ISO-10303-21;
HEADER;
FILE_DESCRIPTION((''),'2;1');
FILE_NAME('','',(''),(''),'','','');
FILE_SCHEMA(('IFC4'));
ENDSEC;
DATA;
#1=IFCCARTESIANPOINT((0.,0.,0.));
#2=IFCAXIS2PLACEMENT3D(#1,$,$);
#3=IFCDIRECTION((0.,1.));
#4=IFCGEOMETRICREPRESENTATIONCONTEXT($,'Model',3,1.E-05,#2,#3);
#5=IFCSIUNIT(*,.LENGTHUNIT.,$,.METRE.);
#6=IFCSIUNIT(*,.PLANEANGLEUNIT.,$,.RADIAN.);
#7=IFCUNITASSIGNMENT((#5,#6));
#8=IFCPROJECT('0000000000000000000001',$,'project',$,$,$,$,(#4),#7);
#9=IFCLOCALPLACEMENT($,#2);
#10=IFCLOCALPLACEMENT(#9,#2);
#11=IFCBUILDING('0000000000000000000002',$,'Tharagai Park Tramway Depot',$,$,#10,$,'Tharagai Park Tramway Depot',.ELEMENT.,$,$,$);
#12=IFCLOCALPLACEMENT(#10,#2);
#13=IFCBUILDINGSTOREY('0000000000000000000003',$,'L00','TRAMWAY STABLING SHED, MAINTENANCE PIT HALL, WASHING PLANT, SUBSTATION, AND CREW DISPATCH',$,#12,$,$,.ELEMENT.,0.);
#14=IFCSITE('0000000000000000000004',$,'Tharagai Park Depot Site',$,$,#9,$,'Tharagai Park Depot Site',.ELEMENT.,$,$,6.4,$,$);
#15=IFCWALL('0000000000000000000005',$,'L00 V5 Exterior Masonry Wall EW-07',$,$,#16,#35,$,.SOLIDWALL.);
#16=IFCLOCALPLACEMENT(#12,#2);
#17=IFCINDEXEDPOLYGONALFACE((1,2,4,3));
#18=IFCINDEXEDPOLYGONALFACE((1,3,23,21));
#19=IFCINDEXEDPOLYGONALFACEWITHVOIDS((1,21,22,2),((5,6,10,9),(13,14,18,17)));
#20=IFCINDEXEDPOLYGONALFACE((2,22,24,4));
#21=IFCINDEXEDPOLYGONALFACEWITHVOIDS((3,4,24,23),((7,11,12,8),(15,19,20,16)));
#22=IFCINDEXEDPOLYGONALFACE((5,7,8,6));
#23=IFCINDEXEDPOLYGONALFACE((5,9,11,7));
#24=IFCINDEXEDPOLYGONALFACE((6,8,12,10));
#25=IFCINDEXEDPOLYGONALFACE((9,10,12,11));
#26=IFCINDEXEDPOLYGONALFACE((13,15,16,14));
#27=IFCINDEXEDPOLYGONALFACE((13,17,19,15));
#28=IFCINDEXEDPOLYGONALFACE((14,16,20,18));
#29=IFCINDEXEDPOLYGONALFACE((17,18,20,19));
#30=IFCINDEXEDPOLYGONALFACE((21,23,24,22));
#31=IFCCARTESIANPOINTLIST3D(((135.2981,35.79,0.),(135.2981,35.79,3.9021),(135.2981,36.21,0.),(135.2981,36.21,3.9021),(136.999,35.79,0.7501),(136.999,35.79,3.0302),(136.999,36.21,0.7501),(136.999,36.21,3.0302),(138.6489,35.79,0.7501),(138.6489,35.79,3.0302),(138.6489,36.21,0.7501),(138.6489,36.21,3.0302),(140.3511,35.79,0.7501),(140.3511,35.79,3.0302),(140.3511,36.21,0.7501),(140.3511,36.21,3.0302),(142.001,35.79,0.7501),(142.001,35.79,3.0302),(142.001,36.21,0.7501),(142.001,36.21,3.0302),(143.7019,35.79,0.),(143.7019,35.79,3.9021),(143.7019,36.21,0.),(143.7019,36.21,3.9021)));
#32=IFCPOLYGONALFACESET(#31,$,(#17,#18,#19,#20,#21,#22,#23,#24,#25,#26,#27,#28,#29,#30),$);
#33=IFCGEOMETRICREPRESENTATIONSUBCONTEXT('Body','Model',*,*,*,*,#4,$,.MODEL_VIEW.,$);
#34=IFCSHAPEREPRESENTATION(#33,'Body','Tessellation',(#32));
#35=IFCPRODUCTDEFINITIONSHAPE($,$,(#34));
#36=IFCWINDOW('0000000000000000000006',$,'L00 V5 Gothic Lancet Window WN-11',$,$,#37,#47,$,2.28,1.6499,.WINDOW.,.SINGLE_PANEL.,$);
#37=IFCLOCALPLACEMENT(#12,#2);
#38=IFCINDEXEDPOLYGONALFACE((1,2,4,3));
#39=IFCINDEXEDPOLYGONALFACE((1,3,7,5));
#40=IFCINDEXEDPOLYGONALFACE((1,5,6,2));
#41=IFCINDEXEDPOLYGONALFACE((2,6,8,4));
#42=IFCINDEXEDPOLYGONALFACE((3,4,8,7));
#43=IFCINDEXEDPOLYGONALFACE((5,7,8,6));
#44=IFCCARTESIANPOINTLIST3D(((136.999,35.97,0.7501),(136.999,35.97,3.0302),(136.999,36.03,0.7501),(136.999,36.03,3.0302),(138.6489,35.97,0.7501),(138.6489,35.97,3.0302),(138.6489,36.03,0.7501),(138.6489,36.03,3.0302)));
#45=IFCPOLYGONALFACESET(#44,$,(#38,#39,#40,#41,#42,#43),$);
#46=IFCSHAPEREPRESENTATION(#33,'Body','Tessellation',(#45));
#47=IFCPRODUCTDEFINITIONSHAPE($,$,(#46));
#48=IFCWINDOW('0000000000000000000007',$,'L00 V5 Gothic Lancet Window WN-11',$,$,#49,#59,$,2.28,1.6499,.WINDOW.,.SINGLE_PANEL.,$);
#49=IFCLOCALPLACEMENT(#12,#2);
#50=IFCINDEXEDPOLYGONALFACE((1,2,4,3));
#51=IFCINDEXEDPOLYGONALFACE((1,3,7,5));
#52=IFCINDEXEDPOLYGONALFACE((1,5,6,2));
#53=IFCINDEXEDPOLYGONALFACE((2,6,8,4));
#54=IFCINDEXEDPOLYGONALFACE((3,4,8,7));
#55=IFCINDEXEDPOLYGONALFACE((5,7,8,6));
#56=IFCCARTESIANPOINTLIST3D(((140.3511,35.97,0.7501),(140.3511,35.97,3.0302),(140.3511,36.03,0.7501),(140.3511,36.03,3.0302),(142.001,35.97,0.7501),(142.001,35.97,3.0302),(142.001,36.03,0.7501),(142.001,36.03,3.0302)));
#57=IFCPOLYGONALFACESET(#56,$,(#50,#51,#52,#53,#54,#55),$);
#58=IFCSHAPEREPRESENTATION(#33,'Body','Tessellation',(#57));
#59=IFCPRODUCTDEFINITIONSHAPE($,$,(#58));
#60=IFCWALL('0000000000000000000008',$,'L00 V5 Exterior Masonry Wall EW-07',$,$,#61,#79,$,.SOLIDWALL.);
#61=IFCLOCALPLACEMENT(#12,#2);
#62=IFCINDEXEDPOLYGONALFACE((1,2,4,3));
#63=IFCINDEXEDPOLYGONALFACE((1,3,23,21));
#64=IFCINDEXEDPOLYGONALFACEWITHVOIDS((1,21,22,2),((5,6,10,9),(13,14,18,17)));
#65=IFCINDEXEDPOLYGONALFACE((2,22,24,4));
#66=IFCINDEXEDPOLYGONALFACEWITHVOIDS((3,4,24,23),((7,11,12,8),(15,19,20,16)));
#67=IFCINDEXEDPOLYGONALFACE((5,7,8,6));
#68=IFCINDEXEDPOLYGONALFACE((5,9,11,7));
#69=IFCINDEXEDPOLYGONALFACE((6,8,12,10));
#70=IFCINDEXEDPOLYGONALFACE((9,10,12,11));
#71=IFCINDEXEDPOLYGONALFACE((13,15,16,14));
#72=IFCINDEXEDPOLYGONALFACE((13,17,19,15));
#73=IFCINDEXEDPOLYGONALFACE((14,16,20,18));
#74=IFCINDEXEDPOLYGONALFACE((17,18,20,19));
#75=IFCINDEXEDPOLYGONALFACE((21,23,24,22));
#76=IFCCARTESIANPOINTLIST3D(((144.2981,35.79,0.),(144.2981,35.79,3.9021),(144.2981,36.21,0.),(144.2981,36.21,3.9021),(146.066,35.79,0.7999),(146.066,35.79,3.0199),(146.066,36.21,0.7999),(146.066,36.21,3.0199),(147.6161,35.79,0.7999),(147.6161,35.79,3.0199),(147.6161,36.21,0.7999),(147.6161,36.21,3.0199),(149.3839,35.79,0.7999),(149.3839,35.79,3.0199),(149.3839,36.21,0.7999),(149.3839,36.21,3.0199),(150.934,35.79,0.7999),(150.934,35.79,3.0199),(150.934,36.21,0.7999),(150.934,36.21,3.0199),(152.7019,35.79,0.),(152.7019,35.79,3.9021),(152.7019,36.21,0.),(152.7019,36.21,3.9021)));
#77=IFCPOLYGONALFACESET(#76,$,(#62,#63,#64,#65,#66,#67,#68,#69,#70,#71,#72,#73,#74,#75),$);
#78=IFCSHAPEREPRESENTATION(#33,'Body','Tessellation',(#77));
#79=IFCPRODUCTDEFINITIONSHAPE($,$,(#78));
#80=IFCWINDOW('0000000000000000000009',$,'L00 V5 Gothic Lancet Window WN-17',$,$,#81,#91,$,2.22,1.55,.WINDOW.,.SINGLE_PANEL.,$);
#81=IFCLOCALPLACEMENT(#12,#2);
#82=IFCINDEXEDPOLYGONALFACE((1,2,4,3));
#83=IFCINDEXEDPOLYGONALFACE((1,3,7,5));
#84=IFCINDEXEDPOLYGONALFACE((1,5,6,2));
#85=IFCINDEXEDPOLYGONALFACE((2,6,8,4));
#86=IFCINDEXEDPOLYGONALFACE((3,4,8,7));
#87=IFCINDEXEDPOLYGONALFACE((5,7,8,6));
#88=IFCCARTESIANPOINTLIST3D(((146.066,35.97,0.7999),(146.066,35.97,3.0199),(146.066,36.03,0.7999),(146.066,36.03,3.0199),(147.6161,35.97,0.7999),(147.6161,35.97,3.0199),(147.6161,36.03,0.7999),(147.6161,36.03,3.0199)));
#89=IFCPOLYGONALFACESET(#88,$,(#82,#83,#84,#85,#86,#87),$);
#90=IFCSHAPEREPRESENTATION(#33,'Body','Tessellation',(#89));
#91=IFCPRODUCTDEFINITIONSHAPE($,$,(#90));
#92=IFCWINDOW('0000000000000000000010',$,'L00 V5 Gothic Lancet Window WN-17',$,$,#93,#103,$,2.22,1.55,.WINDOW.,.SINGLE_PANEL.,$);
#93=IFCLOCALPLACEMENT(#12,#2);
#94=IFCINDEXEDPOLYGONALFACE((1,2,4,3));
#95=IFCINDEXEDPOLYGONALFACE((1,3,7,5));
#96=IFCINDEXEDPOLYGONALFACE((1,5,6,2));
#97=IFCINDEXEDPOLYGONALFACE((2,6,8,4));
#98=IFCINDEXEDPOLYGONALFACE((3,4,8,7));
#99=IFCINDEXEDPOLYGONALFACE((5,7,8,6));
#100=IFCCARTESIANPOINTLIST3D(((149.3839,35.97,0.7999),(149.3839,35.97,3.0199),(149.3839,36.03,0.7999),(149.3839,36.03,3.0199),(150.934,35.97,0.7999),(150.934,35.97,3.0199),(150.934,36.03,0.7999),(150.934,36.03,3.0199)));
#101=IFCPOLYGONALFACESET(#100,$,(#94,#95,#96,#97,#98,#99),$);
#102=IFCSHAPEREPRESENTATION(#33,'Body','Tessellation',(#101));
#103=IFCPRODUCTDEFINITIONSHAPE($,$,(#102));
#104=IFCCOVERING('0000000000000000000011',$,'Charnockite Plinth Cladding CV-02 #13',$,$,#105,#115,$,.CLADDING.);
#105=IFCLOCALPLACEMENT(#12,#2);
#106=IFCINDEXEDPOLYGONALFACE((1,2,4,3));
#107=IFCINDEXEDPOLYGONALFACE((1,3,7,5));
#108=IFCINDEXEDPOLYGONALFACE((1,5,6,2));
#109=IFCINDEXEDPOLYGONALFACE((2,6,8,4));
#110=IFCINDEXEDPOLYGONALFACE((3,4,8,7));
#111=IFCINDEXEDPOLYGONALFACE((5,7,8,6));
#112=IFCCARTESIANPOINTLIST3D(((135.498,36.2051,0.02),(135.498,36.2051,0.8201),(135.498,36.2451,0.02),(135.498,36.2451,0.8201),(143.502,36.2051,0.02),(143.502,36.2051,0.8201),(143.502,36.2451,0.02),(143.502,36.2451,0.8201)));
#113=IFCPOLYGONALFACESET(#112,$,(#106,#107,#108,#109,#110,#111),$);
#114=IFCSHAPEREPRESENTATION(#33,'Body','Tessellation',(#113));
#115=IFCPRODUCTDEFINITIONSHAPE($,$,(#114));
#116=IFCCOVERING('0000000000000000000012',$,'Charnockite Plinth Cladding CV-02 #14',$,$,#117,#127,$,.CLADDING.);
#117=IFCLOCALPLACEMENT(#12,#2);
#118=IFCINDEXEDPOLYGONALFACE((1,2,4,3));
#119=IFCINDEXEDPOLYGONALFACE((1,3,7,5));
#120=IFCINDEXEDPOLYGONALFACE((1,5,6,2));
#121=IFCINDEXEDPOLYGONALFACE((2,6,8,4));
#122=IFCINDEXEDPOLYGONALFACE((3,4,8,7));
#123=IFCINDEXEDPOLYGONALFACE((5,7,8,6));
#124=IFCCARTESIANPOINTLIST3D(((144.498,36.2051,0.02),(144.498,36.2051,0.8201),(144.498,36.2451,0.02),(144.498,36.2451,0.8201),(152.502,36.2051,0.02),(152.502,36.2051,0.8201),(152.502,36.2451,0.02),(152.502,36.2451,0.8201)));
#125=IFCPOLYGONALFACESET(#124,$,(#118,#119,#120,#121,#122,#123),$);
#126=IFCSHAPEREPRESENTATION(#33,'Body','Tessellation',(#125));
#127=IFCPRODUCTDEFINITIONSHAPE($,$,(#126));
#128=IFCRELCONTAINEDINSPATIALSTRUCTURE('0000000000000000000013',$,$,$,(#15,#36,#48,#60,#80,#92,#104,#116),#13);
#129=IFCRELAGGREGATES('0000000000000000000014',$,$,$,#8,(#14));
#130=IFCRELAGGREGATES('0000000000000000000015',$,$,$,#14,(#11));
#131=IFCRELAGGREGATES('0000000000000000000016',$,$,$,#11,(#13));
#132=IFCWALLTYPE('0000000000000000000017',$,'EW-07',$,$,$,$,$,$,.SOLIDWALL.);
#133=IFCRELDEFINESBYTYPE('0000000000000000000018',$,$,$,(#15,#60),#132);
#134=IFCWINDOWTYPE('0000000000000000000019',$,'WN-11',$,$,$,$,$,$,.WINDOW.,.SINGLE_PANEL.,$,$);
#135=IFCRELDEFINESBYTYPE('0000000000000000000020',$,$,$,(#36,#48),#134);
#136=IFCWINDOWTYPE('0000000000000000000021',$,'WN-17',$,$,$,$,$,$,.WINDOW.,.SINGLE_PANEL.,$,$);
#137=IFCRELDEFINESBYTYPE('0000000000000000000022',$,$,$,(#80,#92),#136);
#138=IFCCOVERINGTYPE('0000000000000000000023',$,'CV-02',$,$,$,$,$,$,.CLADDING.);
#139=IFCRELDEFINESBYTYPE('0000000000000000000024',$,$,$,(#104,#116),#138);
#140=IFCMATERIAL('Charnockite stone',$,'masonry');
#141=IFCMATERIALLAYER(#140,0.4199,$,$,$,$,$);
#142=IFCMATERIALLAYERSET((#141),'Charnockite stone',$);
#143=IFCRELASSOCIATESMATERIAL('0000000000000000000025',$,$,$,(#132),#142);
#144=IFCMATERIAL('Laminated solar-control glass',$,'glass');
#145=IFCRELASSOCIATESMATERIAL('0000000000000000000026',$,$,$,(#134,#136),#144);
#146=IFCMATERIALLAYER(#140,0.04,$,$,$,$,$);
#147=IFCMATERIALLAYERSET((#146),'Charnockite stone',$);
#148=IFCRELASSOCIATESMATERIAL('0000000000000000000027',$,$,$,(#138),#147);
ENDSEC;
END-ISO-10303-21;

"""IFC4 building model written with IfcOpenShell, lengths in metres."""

from ifc_helpers import new_model, si_unit, direction, frame, frame_2d, origin, origin_2d, place, context, subcontext, project, spatial, rectangle, extrude, material, layer, layer_set, type_object, element, fill, save


model = new_model("IFC4")

# Units and contexts
model_context = context("Model", 3, precision=1e-05, world=origin(), true_north=direction((0.0, 1.0)))
body_context = subcontext(model_context, "Body", "Model", "MODEL_VIEW")
ifc_project = project(units=[si_unit("LENGTHUNIT", "METRE"), si_unit("PLANEANGLEUNIT", "RADIAN")], contexts=[model_context])

# Site, building, storey
site_placement = place(None, origin())
site = spatial("IfcSite", under=ifc_project, at=site_placement, Name="Tharagai Park Depot Site", LongName="Tharagai Park Depot Site", CompositionType="ELEMENT", RefElevation=6.4)
building_placement = place(site_placement, origin())
building = spatial("IfcBuilding", under=site, at=building_placement, Name="Tharagai Park Tramway Depot", LongName="Tharagai Park Tramway Depot", CompositionType="ELEMENT")
storey_placement = place(building_placement, origin())
storey = spatial("IfcBuildingStorey", under=building, at=storey_placement, Name="L00", Description="TRAMWAY STABLING SHED, MAINTENANCE PIT HALL, WASHING PLANT, SUBSTATION, AND CREW DISPATCH", CompositionType="ELEMENT", Elevation=0.0)

# Walls, openings, windows
ifc_material_1 = material(Name="Charnockite stone", Category="masonry")
ifc_layer_1 = layer(ifc_material_1, 0.4199)
ifc_layer_set_1 = layer_set([ifc_layer_1], Name="Charnockite stone")
wall_type = type_object("IfcWallType", Name="EW-07", PredefinedType="SOLIDWALL", material=ifc_layer_set_1)
wall_1_placement = place(storey_placement, frame((135.2981, 36.0, 0.0), z_axis=(0.0, 0.0, 1.0), x_axis=(1.0, 0.0, 0.0)))
wall_1 = element("IfcWall", 1, at=wall_1_placement, inside=storey, type_object=wall_type, Name="L00 V5 Exterior Masonry Wall EW-07", PredefinedType="SOLIDWALL", context=body_context, shape_type="SweptSolid", body=[
    extrude(rectangle(XDim=8.4038, YDim=0.4199, at=frame_2d((4.2019, 0.0))), origin(), (0.0, 0.0, 1.0), 3.9021),
])
opening_1_placement = place(wall_1_placement, frame((1.7009, 0.0, 0.75)))
opening_1 = element("IfcOpeningElement", 2, at=opening_1_placement, cuts=wall_1, PredefinedType="OPENING", context=body_context, shape_type="SweptSolid", body=[
    extrude(rectangle(XDim=1.6499, YDim=2.28, at=frame_2d((0.825, 1.1401))), frame((0.0, 0.22, 0.0), z_axis=(0.0, -1.0, 0.0), x_axis=(1.0, 0.0, 0.0)), (0.0, 0.0, 1.0), 0.4399),
])
opening_2_placement = place(wall_1_placement, frame((5.053, 0.0, 0.75)))
opening_2 = element("IfcOpeningElement", 3, at=opening_2_placement, cuts=wall_1, PredefinedType="OPENING", context=body_context, shape_type="SweptSolid", body=[
    extrude(rectangle(XDim=1.6499, YDim=2.28, at=frame_2d((0.825, 1.1401))), frame((0.0, 0.22, 0.0), z_axis=(0.0, -1.0, 0.0), x_axis=(1.0, 0.0, 0.0)), (0.0, 0.0, 1.0), 0.4399),
])
ifc_material_2 = material(Name="Laminated solar-control glass", Category="glass")
window_type_1 = type_object("IfcWindowType", Name="WN-11", PartitioningType="SINGLE_PANEL", PredefinedType="WINDOW", material=ifc_material_2)
window_1_placement = place(opening_1_placement, origin())
window_1 = element("IfcWindow", 4, at=window_1_placement, inside=storey, type_object=window_type_1, Name="L00 V5 Gothic Lancet Window WN-11", OverallHeight=2.28, OverallWidth=1.6499, PartitioningType="SINGLE_PANEL", PredefinedType="WINDOW", context=body_context, shape_type="SweptSolid", body=[
    extrude(rectangle(XDim=1.6499, YDim=2.28, at=frame_2d((0.825, 1.1401))), frame((0.0, 0.03, 0.0), z_axis=(0.0, -1.0, 0.0), x_axis=(1.0, 0.0, 0.0)), (0.0, 0.0, 1.0), 0.0601),
])
fill(opening_1, window_1)
window_2_placement = place(opening_2_placement, origin())
window_2 = element("IfcWindow", 5, at=window_2_placement, inside=storey, type_object=window_type_1, Name="L00 V5 Gothic Lancet Window WN-11", OverallHeight=2.28, OverallWidth=1.6499, PartitioningType="SINGLE_PANEL", PredefinedType="WINDOW", context=body_context, shape_type="SweptSolid", body=[
    extrude(rectangle(XDim=1.6499, YDim=2.28, at=frame_2d((0.825, 1.1401))), frame((0.0, 0.03, 0.0), z_axis=(0.0, -1.0, 0.0), x_axis=(1.0, 0.0, 0.0)), (0.0, 0.0, 1.0), 0.0601),
])
fill(opening_2, window_2)
wall_2_placement = place(storey_placement, frame((144.2981, 36.0, 0.0), z_axis=(0.0, 0.0, 1.0), x_axis=(1.0, 0.0, 0.0)))
wall_2 = element("IfcWall", 6, at=wall_2_placement, inside=storey, type_object=wall_type, Name="L00 V5 Exterior Masonry Wall EW-07", PredefinedType="SOLIDWALL", context=body_context, shape_type="SweptSolid", body=[
    extrude(rectangle(XDim=8.4038, YDim=0.4199, at=frame_2d((4.2019, 0.0))), origin(), (0.0, 0.0, 1.0), 3.9021),
])
opening_3_placement = place(wall_2_placement, frame((1.7681, 0.0, 0.8)))
opening_3 = element("IfcOpeningElement", 7, at=opening_3_placement, cuts=wall_2, PredefinedType="OPENING", context=body_context, shape_type="SweptSolid", body=[
    extrude(rectangle(XDim=1.55, YDim=2.22, at=frame_2d((0.7749, 1.1099))), frame((0.0, 0.22, 0.0), z_axis=(0.0, -1.0, 0.0), x_axis=(1.0, 0.0, 0.0)), (0.0, 0.0, 1.0), 0.4399),
])
opening_4_placement = place(wall_2_placement, frame((5.0859, 0.0, 0.8)))
opening_4 = element("IfcOpeningElement", 8, at=opening_4_placement, cuts=wall_2, PredefinedType="OPENING", context=body_context, shape_type="SweptSolid", body=[
    extrude(rectangle(XDim=1.55, YDim=2.22, at=frame_2d((0.7749, 1.1099))), frame((0.0, 0.22, 0.0), z_axis=(0.0, -1.0, 0.0), x_axis=(1.0, 0.0, 0.0)), (0.0, 0.0, 1.0), 0.4399),
])
window_type_2 = type_object("IfcWindowType", Name="WN-17", PartitioningType="SINGLE_PANEL", PredefinedType="WINDOW", material=ifc_material_2)
window_3_placement = place(opening_3_placement, origin())
window_3 = element("IfcWindow", 9, at=window_3_placement, inside=storey, type_object=window_type_2, Name="L00 V5 Gothic Lancet Window WN-17", OverallHeight=2.22, OverallWidth=1.55, PartitioningType="SINGLE_PANEL", PredefinedType="WINDOW", context=body_context, shape_type="SweptSolid", body=[
    extrude(rectangle(XDim=1.55, YDim=2.22, at=frame_2d((0.7749, 1.1099))), frame((0.0, 0.03, 0.0), z_axis=(0.0, -1.0, 0.0), x_axis=(1.0, 0.0, 0.0)), (0.0, 0.0, 1.0), 0.0601),
])
fill(opening_3, window_3)
window_4_placement = place(opening_4_placement, origin())
window_4 = element("IfcWindow", 10, at=window_4_placement, inside=storey, type_object=window_type_2, Name="L00 V5 Gothic Lancet Window WN-17", OverallHeight=2.22, OverallWidth=1.55, PartitioningType="SINGLE_PANEL", PredefinedType="WINDOW", context=body_context, shape_type="SweptSolid", body=[
    extrude(rectangle(XDim=1.55, YDim=2.22, at=frame_2d((0.7749, 1.1099))), frame((0.0, 0.03, 0.0), z_axis=(0.0, -1.0, 0.0), x_axis=(1.0, 0.0, 0.0)), (0.0, 0.0, 1.0), 0.0601),
])
fill(opening_4, window_4)

# Coverings
ifc_layer_2 = layer(ifc_material_1, 0.04)
ifc_layer_set_2 = layer_set([ifc_layer_2], Name="Charnockite stone")
covering_type = type_object("IfcCoveringType", Name="CV-02", PredefinedType="CLADDING", material=ifc_layer_set_2)
for number, where, z_axis, x_axis, name in (
    (11, (139.5, 36.2251, 0.02), (0.0, 0.0, 1.0), (1.0, 0.0, 0.0), "Charnockite Plinth Cladding CV-02 #13"),
    (12, (148.5, 36.2251, 0.02), (0.0, 0.0, 1.0), (1.0, 0.0, 0.0), "Charnockite Plinth Cladding CV-02 #14"),
):
    element("IfcCovering", number, at=place(storey_placement, frame(where, z_axis=z_axis, x_axis=x_axis)), inside=storey, type_object=covering_type, Name=name, PredefinedType="CLADDING", context=body_context, shape_type="SweptSolid", body=[
        extrude(rectangle(XDim=8.0039, YDim=0.04, at=origin_2d()), origin(), (0.0, 0.0, 1.0), 0.8),
    ])

save(model, "model.ifc")
